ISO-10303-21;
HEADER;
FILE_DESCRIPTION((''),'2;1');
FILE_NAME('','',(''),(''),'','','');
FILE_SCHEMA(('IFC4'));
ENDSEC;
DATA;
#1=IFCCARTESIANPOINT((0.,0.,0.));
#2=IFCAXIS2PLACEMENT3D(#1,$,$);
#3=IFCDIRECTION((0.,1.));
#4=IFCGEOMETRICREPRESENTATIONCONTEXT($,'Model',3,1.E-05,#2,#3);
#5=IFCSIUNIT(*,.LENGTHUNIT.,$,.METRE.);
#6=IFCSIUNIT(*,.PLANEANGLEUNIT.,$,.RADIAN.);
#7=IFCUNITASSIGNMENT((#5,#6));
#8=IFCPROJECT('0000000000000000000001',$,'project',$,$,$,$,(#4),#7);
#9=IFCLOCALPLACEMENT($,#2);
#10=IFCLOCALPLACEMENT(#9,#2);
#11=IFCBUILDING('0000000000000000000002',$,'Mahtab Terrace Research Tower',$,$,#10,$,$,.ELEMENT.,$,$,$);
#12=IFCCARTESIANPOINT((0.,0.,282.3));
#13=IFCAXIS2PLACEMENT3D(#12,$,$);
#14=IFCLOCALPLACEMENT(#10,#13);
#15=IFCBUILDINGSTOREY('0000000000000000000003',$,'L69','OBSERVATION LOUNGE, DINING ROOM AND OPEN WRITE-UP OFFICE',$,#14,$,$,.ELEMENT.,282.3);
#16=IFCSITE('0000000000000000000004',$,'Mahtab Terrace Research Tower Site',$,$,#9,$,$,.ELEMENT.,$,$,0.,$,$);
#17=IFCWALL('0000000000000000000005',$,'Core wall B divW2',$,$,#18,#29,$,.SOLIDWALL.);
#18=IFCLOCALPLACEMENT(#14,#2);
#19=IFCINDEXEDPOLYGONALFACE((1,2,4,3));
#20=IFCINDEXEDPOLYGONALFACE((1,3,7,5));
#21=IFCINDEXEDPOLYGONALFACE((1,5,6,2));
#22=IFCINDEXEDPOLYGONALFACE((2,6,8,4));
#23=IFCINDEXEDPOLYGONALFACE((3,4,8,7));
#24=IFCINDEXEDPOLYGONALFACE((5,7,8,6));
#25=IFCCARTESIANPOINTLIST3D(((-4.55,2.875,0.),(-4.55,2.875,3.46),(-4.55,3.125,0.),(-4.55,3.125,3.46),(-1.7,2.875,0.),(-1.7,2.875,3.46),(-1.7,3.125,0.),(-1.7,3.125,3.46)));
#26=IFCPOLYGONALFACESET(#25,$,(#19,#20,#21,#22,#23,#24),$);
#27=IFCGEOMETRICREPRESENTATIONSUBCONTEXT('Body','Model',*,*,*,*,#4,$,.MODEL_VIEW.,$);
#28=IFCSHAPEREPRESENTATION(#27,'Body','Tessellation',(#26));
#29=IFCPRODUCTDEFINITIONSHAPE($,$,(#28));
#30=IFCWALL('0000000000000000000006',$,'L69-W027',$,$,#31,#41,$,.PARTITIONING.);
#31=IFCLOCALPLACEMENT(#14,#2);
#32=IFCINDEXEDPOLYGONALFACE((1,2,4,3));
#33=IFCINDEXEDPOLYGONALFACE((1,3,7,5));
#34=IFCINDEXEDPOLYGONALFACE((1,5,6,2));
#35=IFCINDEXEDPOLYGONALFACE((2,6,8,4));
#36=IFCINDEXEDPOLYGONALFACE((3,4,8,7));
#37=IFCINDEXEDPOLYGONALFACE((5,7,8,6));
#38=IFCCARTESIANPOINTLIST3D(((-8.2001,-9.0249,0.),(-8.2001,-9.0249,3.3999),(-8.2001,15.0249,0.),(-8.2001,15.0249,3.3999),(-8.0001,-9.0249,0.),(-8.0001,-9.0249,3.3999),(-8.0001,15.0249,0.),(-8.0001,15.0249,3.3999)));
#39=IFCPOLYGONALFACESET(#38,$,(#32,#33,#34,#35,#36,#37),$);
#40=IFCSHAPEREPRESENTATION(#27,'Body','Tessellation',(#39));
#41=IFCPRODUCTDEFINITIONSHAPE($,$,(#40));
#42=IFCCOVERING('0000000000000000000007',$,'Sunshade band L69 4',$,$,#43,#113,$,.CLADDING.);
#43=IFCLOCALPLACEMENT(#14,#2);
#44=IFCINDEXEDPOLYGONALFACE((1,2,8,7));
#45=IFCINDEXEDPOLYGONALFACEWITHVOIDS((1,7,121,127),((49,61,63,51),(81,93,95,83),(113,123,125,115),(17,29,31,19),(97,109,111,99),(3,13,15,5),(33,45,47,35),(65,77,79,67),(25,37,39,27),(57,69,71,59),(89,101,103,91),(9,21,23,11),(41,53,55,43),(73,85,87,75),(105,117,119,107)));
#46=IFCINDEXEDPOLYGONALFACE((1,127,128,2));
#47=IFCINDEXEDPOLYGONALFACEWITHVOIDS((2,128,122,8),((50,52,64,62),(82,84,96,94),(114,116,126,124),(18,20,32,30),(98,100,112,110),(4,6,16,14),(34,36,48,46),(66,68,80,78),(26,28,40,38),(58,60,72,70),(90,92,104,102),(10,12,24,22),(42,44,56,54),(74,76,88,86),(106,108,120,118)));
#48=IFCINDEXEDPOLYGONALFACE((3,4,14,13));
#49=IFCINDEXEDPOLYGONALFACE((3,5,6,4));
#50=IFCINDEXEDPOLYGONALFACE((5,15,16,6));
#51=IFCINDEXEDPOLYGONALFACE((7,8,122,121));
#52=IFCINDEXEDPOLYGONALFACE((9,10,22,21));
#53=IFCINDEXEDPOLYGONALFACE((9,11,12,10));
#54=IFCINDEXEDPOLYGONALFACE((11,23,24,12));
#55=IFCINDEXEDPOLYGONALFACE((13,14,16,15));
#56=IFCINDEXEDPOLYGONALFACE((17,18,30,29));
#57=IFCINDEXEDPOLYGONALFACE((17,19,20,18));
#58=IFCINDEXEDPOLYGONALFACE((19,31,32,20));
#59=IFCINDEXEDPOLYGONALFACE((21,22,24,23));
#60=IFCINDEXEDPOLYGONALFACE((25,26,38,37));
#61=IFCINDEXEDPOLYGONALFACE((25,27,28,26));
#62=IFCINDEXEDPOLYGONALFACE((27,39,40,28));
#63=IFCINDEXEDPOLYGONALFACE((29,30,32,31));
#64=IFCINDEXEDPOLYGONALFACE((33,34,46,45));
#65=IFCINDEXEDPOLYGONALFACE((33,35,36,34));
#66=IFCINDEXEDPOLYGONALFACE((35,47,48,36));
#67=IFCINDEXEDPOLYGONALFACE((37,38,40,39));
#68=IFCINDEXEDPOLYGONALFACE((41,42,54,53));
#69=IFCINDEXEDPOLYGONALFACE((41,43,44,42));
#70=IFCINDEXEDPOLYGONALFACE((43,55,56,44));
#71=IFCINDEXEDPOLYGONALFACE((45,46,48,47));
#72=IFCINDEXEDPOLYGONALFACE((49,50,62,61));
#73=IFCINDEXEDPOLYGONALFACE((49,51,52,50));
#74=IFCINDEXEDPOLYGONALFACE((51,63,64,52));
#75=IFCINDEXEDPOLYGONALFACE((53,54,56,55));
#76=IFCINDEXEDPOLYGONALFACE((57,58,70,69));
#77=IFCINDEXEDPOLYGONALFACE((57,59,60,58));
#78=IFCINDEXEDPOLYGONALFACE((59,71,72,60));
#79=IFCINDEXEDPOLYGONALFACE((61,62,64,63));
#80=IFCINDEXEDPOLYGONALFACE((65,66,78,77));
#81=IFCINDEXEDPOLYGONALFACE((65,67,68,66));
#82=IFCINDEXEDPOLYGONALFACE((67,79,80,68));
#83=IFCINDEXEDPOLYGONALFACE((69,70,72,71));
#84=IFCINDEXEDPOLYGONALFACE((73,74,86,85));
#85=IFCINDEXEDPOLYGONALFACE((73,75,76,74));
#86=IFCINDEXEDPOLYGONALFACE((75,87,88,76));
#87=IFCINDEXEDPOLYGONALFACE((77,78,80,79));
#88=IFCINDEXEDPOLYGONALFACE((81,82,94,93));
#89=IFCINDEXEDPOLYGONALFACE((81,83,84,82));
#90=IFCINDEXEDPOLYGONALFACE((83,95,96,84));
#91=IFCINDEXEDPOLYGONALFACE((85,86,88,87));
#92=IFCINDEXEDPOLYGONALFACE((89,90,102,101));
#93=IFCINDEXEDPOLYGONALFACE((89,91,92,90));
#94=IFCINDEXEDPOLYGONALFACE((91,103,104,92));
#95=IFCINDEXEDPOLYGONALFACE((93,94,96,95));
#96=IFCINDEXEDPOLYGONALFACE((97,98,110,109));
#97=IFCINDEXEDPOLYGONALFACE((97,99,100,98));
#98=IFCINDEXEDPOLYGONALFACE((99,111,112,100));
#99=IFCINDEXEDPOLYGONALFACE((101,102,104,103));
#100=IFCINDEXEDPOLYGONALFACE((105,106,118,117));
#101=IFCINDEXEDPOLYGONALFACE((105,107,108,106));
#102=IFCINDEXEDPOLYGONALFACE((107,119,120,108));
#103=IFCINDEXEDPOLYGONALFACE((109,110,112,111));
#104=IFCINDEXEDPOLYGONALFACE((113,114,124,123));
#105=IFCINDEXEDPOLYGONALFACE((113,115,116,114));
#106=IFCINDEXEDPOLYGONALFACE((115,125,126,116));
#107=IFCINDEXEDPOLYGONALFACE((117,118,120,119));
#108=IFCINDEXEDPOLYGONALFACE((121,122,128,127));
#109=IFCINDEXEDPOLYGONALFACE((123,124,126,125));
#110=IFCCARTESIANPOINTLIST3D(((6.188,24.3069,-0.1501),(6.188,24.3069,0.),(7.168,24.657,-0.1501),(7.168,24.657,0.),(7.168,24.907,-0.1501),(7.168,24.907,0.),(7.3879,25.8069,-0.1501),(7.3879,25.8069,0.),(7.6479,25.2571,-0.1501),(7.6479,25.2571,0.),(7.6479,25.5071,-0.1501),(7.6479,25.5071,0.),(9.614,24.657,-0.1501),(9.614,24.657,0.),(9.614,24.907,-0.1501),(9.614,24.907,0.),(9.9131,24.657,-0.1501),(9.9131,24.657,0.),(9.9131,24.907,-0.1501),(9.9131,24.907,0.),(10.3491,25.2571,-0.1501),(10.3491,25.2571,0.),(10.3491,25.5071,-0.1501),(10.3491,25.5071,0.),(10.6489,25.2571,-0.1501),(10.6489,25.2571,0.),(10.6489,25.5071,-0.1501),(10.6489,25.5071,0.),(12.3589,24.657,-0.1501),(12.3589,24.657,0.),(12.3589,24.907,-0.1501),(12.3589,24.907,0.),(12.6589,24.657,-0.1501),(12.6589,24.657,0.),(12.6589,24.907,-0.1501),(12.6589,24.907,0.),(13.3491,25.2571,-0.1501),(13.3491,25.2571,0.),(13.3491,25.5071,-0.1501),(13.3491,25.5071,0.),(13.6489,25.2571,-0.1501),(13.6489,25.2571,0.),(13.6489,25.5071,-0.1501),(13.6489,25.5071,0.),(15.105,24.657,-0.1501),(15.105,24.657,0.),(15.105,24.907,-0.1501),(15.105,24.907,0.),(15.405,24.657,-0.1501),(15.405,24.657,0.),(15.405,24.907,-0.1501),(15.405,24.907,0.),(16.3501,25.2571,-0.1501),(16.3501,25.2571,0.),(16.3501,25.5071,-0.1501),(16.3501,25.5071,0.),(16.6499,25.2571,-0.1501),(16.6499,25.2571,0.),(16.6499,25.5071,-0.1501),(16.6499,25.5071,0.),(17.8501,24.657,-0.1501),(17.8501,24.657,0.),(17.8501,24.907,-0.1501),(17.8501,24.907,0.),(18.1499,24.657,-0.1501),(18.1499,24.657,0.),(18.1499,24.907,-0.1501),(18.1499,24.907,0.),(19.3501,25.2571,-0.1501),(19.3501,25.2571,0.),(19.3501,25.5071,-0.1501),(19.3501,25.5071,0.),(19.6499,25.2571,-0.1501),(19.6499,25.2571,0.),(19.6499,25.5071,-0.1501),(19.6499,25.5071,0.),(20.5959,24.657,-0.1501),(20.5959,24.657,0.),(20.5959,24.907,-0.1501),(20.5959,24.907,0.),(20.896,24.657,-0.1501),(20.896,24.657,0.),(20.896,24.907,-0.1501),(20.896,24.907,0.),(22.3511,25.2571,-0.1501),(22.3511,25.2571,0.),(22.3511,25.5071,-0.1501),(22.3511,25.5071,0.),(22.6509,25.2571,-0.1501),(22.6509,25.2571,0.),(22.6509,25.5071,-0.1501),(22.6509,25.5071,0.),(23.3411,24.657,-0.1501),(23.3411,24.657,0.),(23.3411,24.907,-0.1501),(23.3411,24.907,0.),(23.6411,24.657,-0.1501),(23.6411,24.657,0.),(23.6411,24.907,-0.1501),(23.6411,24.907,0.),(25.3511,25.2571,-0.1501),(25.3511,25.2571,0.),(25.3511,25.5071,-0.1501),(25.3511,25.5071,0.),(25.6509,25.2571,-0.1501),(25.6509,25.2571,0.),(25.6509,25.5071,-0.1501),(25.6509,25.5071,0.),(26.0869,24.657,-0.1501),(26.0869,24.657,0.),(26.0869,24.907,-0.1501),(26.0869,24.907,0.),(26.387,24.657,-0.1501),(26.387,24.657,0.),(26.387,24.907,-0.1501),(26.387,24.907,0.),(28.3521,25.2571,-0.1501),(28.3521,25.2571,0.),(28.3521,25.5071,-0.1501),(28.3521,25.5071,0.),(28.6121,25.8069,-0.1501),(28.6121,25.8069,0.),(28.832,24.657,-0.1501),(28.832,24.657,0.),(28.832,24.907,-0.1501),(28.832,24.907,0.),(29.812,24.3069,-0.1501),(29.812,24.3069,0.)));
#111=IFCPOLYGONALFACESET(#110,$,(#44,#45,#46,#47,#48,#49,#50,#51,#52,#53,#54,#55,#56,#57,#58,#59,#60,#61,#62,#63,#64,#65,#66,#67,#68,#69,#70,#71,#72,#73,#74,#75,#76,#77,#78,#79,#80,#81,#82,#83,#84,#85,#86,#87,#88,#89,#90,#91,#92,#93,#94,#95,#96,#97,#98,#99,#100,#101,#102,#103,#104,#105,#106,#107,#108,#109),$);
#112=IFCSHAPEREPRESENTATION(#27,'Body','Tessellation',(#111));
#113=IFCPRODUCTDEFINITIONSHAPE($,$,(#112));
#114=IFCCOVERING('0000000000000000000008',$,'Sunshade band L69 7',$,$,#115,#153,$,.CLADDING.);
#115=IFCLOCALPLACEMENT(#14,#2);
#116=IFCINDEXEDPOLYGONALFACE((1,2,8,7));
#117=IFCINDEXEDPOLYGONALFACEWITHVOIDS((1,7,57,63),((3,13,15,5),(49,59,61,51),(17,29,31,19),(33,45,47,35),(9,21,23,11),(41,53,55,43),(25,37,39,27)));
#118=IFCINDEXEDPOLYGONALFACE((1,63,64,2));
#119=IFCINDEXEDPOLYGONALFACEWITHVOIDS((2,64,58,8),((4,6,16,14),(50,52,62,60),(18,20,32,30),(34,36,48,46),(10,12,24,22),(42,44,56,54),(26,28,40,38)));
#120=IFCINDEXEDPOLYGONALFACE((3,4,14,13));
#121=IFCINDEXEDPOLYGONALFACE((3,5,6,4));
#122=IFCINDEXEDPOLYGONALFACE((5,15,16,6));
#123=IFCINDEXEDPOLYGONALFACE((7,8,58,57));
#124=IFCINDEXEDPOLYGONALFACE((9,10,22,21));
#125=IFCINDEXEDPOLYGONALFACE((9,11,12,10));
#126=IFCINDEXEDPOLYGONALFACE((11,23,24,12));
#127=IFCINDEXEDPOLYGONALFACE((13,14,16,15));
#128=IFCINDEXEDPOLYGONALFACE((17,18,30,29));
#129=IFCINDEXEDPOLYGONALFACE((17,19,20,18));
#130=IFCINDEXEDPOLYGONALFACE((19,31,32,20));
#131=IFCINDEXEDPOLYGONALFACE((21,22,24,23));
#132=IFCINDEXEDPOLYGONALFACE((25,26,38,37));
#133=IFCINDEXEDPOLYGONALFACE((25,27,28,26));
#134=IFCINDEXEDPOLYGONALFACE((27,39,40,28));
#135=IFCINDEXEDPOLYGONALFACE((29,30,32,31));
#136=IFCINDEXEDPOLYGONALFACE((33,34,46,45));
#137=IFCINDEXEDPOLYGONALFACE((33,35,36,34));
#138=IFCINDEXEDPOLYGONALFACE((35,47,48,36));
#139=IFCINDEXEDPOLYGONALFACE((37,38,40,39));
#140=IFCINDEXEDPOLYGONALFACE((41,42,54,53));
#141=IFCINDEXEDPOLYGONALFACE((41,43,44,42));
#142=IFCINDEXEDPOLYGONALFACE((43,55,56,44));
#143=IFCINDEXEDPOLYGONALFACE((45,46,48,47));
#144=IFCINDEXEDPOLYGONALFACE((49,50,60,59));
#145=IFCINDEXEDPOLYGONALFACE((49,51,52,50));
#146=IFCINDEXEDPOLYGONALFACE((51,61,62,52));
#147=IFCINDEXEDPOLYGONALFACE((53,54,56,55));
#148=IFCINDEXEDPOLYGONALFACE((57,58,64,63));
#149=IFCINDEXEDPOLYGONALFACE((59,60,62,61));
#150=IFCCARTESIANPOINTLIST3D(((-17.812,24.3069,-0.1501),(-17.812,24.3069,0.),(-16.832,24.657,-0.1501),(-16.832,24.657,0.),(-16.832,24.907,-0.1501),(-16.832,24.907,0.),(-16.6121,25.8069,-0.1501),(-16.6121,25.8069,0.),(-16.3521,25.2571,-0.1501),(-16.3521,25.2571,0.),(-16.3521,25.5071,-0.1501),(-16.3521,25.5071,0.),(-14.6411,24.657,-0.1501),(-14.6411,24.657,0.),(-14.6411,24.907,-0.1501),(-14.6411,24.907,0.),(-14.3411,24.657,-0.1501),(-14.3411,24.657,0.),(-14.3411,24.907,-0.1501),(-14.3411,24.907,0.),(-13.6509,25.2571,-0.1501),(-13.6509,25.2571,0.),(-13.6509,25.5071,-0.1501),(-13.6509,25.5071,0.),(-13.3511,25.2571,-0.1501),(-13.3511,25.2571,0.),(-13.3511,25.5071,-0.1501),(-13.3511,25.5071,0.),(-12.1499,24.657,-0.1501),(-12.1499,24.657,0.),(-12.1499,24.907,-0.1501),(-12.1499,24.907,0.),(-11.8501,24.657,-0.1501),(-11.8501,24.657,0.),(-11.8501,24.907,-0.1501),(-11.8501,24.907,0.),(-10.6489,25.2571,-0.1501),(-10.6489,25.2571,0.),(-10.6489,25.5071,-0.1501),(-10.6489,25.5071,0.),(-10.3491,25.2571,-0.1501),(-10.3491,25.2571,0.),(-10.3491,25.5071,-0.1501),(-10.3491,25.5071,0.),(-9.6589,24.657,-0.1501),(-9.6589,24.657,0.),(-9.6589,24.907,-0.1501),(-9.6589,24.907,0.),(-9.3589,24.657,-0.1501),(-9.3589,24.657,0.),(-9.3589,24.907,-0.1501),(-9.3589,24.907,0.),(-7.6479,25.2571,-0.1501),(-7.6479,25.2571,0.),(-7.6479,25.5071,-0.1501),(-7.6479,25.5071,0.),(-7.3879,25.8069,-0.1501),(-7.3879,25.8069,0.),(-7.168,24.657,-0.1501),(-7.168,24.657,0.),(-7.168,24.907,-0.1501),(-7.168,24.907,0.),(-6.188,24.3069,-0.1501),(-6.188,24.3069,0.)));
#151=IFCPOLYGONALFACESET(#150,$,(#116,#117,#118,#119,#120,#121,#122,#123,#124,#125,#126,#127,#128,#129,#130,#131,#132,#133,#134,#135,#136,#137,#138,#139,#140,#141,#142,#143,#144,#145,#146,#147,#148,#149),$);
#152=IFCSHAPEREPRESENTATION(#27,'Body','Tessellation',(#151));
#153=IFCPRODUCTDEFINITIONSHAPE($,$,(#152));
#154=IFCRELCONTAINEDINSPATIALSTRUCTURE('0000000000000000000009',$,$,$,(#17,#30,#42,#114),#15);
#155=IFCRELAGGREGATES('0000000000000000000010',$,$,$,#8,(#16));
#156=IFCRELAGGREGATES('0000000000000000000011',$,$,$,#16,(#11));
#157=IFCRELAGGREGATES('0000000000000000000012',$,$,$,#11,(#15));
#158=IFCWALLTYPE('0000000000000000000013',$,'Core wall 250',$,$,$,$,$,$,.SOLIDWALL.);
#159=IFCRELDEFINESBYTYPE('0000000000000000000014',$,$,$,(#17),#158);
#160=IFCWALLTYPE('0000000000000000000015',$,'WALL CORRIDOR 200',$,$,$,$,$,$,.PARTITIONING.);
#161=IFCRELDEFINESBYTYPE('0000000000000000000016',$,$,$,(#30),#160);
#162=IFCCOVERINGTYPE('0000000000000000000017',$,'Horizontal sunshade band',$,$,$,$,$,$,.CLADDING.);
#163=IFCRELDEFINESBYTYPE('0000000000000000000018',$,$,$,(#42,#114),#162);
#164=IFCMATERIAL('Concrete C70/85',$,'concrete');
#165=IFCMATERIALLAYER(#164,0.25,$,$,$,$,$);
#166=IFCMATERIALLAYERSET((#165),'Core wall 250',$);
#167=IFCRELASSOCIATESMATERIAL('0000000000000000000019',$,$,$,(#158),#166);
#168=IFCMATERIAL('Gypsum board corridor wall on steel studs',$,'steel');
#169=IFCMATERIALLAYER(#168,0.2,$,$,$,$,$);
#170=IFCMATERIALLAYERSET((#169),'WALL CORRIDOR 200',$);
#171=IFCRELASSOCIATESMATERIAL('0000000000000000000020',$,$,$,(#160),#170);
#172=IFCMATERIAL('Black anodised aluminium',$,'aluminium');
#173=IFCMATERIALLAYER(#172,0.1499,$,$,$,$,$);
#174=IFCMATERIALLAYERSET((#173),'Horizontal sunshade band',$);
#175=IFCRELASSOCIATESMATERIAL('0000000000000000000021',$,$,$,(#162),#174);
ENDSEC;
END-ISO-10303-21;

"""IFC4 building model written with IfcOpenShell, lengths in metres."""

from ifc_helpers import new_model, si_unit, direction, frame, frame_2d, origin, place, context, subcontext, project, spatial, polyline, rectangle, outline, extrude, material, layer, layer_set, type_object, element, save


model = new_model("IFC4")

# Units and contexts
model_context = context("Model", 3, precision=1e-05, world=origin(), true_north=direction((0.0, 1.0)))
body_context = subcontext(model_context, "Body", "Model", "MODEL_VIEW")
ifc_project = project(units=[si_unit("LENGTHUNIT", "METRE"), si_unit("PLANEANGLEUNIT", "RADIAN")], contexts=[model_context])

# Site, building, storey
site_placement = place(None, origin())
site = spatial("IfcSite", under=ifc_project, at=site_placement, Name="Mahtab Terrace Research Tower Site", CompositionType="ELEMENT", RefElevation=0.0)
building_placement = place(site_placement, origin())
building = spatial("IfcBuilding", under=site, at=building_placement, Name="Mahtab Terrace Research Tower", CompositionType="ELEMENT")
storey_placement = place(building_placement, frame((0.0, 0.0, 282.3)))
storey = spatial("IfcBuildingStorey", under=building, at=storey_placement, Name="L69", Description="OBSERVATION LOUNGE, DINING ROOM AND OPEN WRITE-UP OFFICE", CompositionType="ELEMENT", Elevation=282.3)

# Shared definitions
ifc_material_1 = material(Name="Concrete C70/85", Category="concrete")

# Shared definitions
ifc_layer_1 = layer(ifc_material_1, 0.25)
ifc_layer_set_1 = layer_set([ifc_layer_1], Name="Core wall 250")
wall_type_1 = type_object("IfcWallType", Name="Core wall 250", PredefinedType="SOLIDWALL", material=ifc_layer_set_1)

# Walls
for number, where, z_axis, x_axis, name in (
    (1, (-4.55, 3.0, 0.0), (0.0, 0.0, 1.0), (1.0, 0.0, 0.0), "Core wall B divW2"),
):
    element("IfcWall", number, at=place(storey_placement, frame(where, z_axis=z_axis, x_axis=x_axis)), inside=storey, type_object=wall_type_1, Name=name, PredefinedType="SOLIDWALL", context=body_context, shape_type="SweptSolid", body=[
        extrude(rectangle(XDim=2.8501, YDim=0.25, at=frame_2d((1.425, 0.0))), origin(), (0.0, 0.0, 1.0), 3.46),
    ])
ifc_material_2 = material(Name="Gypsum board corridor wall on steel studs", Category="steel")
ifc_layer_2 = layer(ifc_material_2, 0.2)
ifc_layer_set_2 = layer_set([ifc_layer_2], Name="WALL CORRIDOR 200")
wall_type_2 = type_object("IfcWallType", Name="WALL CORRIDOR 200", PredefinedType="PARTITIONING", material=ifc_layer_set_2)
wall_1_placement = place(storey_placement, frame((-8.1001, -9.0249, 0.0), z_axis=(0.0, 0.0, 1.0), x_axis=(0.0, 1.0, 0.0)))
element("IfcWall", 2, at=wall_1_placement, inside=storey, type_object=wall_type_2, Name="L69-W027", PredefinedType="PARTITIONING", context=body_context, shape_type="SweptSolid", body=[
    extrude(rectangle(XDim=24.0498, YDim=0.2, at=frame_2d((12.0249, 0.0))), origin(), (0.0, 0.0, 1.0), 3.3999),
])

# Coverings
ifc_material_3 = material(Name="Black anodised aluminium", Category="aluminium")
ifc_layer_3 = layer(ifc_material_3, 0.1499)
ifc_layer_set_3 = layer_set([ifc_layer_3], Name="Horizontal sunshade band")
covering_type = type_object("IfcCoveringType", Name="Horizontal sunshade band", PredefinedType="CLADDING", material=ifc_layer_set_3)
covering_1_placement = place(storey_placement, frame((0.0, 0.0, -0.1501)))
element("IfcCovering", 3, at=covering_1_placement, inside=storey, type_object=covering_type, Name="Sunshade band L69 4", PredefinedType="CLADDING", context=body_context, shape_type="SweptSolid", body=[
    extrude(outline(polyline([(29.812, 24.3069), (6.188, 24.3069), (7.3879, 25.8069), (28.6121, 25.8069), (29.812, 24.3069)]), holes=[polyline([(28.832, 24.657), (26.387, 24.657), (26.387, 24.907), (28.832, 24.907), (28.832, 24.657)]), polyline([(26.0869, 24.657), (23.6411, 24.657), (23.6411, 24.907), (26.0869, 24.907), (26.0869, 24.657)]), polyline([(23.3411, 24.657), (20.896, 24.657), (20.896, 24.907), (23.3411, 24.907), (23.3411, 24.657)]), polyline([(20.5959, 24.657), (18.1499, 24.657), (18.1499, 24.907), (20.5959, 24.907), (20.5959, 24.657)]), polyline([(17.8501, 24.657), (15.405, 24.657), (15.405, 24.907), (17.8501, 24.907), (17.8501, 24.657)]), polyline([(15.105, 24.657), (12.6589, 24.657), (12.6589, 24.907), (15.105, 24.907), (15.105, 24.657)]), polyline([(12.3589, 24.657), (9.9131, 24.657), (9.9131, 24.907), (12.3589, 24.907), (12.3589, 24.657)]), polyline([(9.614, 24.657), (7.168, 24.657), (7.168, 24.907), (9.614, 24.907), (9.614, 24.657)]), polyline([(28.3521, 25.2571), (25.6509, 25.2571), (25.6509, 25.5071), (28.3521, 25.5071), (28.3521, 25.2571)]), polyline([(25.3511, 25.2571), (22.6509, 25.2571), (22.6509, 25.5071), (25.3511, 25.5071), (25.3511, 25.2571)]), polyline([(22.3511, 25.2571), (19.6499, 25.2571), (19.6499, 25.5071), (22.3511, 25.5071), (22.3511, 25.2571)]), polyline([(19.3501, 25.2571), (16.6499, 25.2571), (16.6499, 25.5071), (19.3501, 25.5071), (19.3501, 25.2571)]), polyline([(16.3501, 25.2571), (13.6489, 25.2571), (13.6489, 25.5071), (16.3501, 25.5071), (16.3501, 25.2571)]), polyline([(13.3491, 25.2571), (10.6489, 25.2571), (10.6489, 25.5071), (13.3491, 25.5071), (13.3491, 25.2571)]), polyline([(10.3491, 25.2571), (7.6479, 25.2571), (7.6479, 25.5071), (10.3491, 25.5071), (10.3491, 25.2571)])]), origin(), (0.0, 0.0, 1.0), 0.1501),
])
covering_2_placement = place(storey_placement, frame((0.0, 0.0, -0.1501)))
element("IfcCovering", 4, at=covering_2_placement, inside=storey, type_object=covering_type, Name="Sunshade band L69 7", PredefinedType="CLADDING", context=body_context, shape_type="SweptSolid", body=[
    extrude(outline(polyline([(-6.188, 24.3069), (-17.812, 24.3069), (-16.6121, 25.8069), (-7.3879, 25.8069), (-6.188, 24.3069)]), holes=[polyline([(-7.168, 24.657), (-9.3589, 24.657), (-9.3589, 24.907), (-7.168, 24.907), (-7.168, 24.657)]), polyline([(-9.6589, 24.657), (-11.8501, 24.657), (-11.8501, 24.907), (-9.6589, 24.907), (-9.6589, 24.657)]), polyline([(-12.1499, 24.657), (-14.3411, 24.657), (-14.3411, 24.907), (-12.1499, 24.907), (-12.1499, 24.657)]), polyline([(-14.6411, 24.657), (-16.832, 24.657), (-16.832, 24.907), (-14.6411, 24.907), (-14.6411, 24.657)]), polyline([(-7.6479, 25.2571), (-10.3491, 25.2571), (-10.3491, 25.5071), (-7.6479, 25.5071), (-7.6479, 25.2571)]), polyline([(-10.6489, 25.2571), (-13.3511, 25.2571), (-13.3511, 25.5071), (-10.6489, 25.5071), (-10.6489, 25.2571)]), polyline([(-13.6509, 25.2571), (-16.3521, 25.2571), (-16.3521, 25.5071), (-13.6509, 25.5071), (-13.6509, 25.2571)])]), origin(), (0.0, 0.0, 1.0), 0.1501),
])

save(model, "model.ifc")
